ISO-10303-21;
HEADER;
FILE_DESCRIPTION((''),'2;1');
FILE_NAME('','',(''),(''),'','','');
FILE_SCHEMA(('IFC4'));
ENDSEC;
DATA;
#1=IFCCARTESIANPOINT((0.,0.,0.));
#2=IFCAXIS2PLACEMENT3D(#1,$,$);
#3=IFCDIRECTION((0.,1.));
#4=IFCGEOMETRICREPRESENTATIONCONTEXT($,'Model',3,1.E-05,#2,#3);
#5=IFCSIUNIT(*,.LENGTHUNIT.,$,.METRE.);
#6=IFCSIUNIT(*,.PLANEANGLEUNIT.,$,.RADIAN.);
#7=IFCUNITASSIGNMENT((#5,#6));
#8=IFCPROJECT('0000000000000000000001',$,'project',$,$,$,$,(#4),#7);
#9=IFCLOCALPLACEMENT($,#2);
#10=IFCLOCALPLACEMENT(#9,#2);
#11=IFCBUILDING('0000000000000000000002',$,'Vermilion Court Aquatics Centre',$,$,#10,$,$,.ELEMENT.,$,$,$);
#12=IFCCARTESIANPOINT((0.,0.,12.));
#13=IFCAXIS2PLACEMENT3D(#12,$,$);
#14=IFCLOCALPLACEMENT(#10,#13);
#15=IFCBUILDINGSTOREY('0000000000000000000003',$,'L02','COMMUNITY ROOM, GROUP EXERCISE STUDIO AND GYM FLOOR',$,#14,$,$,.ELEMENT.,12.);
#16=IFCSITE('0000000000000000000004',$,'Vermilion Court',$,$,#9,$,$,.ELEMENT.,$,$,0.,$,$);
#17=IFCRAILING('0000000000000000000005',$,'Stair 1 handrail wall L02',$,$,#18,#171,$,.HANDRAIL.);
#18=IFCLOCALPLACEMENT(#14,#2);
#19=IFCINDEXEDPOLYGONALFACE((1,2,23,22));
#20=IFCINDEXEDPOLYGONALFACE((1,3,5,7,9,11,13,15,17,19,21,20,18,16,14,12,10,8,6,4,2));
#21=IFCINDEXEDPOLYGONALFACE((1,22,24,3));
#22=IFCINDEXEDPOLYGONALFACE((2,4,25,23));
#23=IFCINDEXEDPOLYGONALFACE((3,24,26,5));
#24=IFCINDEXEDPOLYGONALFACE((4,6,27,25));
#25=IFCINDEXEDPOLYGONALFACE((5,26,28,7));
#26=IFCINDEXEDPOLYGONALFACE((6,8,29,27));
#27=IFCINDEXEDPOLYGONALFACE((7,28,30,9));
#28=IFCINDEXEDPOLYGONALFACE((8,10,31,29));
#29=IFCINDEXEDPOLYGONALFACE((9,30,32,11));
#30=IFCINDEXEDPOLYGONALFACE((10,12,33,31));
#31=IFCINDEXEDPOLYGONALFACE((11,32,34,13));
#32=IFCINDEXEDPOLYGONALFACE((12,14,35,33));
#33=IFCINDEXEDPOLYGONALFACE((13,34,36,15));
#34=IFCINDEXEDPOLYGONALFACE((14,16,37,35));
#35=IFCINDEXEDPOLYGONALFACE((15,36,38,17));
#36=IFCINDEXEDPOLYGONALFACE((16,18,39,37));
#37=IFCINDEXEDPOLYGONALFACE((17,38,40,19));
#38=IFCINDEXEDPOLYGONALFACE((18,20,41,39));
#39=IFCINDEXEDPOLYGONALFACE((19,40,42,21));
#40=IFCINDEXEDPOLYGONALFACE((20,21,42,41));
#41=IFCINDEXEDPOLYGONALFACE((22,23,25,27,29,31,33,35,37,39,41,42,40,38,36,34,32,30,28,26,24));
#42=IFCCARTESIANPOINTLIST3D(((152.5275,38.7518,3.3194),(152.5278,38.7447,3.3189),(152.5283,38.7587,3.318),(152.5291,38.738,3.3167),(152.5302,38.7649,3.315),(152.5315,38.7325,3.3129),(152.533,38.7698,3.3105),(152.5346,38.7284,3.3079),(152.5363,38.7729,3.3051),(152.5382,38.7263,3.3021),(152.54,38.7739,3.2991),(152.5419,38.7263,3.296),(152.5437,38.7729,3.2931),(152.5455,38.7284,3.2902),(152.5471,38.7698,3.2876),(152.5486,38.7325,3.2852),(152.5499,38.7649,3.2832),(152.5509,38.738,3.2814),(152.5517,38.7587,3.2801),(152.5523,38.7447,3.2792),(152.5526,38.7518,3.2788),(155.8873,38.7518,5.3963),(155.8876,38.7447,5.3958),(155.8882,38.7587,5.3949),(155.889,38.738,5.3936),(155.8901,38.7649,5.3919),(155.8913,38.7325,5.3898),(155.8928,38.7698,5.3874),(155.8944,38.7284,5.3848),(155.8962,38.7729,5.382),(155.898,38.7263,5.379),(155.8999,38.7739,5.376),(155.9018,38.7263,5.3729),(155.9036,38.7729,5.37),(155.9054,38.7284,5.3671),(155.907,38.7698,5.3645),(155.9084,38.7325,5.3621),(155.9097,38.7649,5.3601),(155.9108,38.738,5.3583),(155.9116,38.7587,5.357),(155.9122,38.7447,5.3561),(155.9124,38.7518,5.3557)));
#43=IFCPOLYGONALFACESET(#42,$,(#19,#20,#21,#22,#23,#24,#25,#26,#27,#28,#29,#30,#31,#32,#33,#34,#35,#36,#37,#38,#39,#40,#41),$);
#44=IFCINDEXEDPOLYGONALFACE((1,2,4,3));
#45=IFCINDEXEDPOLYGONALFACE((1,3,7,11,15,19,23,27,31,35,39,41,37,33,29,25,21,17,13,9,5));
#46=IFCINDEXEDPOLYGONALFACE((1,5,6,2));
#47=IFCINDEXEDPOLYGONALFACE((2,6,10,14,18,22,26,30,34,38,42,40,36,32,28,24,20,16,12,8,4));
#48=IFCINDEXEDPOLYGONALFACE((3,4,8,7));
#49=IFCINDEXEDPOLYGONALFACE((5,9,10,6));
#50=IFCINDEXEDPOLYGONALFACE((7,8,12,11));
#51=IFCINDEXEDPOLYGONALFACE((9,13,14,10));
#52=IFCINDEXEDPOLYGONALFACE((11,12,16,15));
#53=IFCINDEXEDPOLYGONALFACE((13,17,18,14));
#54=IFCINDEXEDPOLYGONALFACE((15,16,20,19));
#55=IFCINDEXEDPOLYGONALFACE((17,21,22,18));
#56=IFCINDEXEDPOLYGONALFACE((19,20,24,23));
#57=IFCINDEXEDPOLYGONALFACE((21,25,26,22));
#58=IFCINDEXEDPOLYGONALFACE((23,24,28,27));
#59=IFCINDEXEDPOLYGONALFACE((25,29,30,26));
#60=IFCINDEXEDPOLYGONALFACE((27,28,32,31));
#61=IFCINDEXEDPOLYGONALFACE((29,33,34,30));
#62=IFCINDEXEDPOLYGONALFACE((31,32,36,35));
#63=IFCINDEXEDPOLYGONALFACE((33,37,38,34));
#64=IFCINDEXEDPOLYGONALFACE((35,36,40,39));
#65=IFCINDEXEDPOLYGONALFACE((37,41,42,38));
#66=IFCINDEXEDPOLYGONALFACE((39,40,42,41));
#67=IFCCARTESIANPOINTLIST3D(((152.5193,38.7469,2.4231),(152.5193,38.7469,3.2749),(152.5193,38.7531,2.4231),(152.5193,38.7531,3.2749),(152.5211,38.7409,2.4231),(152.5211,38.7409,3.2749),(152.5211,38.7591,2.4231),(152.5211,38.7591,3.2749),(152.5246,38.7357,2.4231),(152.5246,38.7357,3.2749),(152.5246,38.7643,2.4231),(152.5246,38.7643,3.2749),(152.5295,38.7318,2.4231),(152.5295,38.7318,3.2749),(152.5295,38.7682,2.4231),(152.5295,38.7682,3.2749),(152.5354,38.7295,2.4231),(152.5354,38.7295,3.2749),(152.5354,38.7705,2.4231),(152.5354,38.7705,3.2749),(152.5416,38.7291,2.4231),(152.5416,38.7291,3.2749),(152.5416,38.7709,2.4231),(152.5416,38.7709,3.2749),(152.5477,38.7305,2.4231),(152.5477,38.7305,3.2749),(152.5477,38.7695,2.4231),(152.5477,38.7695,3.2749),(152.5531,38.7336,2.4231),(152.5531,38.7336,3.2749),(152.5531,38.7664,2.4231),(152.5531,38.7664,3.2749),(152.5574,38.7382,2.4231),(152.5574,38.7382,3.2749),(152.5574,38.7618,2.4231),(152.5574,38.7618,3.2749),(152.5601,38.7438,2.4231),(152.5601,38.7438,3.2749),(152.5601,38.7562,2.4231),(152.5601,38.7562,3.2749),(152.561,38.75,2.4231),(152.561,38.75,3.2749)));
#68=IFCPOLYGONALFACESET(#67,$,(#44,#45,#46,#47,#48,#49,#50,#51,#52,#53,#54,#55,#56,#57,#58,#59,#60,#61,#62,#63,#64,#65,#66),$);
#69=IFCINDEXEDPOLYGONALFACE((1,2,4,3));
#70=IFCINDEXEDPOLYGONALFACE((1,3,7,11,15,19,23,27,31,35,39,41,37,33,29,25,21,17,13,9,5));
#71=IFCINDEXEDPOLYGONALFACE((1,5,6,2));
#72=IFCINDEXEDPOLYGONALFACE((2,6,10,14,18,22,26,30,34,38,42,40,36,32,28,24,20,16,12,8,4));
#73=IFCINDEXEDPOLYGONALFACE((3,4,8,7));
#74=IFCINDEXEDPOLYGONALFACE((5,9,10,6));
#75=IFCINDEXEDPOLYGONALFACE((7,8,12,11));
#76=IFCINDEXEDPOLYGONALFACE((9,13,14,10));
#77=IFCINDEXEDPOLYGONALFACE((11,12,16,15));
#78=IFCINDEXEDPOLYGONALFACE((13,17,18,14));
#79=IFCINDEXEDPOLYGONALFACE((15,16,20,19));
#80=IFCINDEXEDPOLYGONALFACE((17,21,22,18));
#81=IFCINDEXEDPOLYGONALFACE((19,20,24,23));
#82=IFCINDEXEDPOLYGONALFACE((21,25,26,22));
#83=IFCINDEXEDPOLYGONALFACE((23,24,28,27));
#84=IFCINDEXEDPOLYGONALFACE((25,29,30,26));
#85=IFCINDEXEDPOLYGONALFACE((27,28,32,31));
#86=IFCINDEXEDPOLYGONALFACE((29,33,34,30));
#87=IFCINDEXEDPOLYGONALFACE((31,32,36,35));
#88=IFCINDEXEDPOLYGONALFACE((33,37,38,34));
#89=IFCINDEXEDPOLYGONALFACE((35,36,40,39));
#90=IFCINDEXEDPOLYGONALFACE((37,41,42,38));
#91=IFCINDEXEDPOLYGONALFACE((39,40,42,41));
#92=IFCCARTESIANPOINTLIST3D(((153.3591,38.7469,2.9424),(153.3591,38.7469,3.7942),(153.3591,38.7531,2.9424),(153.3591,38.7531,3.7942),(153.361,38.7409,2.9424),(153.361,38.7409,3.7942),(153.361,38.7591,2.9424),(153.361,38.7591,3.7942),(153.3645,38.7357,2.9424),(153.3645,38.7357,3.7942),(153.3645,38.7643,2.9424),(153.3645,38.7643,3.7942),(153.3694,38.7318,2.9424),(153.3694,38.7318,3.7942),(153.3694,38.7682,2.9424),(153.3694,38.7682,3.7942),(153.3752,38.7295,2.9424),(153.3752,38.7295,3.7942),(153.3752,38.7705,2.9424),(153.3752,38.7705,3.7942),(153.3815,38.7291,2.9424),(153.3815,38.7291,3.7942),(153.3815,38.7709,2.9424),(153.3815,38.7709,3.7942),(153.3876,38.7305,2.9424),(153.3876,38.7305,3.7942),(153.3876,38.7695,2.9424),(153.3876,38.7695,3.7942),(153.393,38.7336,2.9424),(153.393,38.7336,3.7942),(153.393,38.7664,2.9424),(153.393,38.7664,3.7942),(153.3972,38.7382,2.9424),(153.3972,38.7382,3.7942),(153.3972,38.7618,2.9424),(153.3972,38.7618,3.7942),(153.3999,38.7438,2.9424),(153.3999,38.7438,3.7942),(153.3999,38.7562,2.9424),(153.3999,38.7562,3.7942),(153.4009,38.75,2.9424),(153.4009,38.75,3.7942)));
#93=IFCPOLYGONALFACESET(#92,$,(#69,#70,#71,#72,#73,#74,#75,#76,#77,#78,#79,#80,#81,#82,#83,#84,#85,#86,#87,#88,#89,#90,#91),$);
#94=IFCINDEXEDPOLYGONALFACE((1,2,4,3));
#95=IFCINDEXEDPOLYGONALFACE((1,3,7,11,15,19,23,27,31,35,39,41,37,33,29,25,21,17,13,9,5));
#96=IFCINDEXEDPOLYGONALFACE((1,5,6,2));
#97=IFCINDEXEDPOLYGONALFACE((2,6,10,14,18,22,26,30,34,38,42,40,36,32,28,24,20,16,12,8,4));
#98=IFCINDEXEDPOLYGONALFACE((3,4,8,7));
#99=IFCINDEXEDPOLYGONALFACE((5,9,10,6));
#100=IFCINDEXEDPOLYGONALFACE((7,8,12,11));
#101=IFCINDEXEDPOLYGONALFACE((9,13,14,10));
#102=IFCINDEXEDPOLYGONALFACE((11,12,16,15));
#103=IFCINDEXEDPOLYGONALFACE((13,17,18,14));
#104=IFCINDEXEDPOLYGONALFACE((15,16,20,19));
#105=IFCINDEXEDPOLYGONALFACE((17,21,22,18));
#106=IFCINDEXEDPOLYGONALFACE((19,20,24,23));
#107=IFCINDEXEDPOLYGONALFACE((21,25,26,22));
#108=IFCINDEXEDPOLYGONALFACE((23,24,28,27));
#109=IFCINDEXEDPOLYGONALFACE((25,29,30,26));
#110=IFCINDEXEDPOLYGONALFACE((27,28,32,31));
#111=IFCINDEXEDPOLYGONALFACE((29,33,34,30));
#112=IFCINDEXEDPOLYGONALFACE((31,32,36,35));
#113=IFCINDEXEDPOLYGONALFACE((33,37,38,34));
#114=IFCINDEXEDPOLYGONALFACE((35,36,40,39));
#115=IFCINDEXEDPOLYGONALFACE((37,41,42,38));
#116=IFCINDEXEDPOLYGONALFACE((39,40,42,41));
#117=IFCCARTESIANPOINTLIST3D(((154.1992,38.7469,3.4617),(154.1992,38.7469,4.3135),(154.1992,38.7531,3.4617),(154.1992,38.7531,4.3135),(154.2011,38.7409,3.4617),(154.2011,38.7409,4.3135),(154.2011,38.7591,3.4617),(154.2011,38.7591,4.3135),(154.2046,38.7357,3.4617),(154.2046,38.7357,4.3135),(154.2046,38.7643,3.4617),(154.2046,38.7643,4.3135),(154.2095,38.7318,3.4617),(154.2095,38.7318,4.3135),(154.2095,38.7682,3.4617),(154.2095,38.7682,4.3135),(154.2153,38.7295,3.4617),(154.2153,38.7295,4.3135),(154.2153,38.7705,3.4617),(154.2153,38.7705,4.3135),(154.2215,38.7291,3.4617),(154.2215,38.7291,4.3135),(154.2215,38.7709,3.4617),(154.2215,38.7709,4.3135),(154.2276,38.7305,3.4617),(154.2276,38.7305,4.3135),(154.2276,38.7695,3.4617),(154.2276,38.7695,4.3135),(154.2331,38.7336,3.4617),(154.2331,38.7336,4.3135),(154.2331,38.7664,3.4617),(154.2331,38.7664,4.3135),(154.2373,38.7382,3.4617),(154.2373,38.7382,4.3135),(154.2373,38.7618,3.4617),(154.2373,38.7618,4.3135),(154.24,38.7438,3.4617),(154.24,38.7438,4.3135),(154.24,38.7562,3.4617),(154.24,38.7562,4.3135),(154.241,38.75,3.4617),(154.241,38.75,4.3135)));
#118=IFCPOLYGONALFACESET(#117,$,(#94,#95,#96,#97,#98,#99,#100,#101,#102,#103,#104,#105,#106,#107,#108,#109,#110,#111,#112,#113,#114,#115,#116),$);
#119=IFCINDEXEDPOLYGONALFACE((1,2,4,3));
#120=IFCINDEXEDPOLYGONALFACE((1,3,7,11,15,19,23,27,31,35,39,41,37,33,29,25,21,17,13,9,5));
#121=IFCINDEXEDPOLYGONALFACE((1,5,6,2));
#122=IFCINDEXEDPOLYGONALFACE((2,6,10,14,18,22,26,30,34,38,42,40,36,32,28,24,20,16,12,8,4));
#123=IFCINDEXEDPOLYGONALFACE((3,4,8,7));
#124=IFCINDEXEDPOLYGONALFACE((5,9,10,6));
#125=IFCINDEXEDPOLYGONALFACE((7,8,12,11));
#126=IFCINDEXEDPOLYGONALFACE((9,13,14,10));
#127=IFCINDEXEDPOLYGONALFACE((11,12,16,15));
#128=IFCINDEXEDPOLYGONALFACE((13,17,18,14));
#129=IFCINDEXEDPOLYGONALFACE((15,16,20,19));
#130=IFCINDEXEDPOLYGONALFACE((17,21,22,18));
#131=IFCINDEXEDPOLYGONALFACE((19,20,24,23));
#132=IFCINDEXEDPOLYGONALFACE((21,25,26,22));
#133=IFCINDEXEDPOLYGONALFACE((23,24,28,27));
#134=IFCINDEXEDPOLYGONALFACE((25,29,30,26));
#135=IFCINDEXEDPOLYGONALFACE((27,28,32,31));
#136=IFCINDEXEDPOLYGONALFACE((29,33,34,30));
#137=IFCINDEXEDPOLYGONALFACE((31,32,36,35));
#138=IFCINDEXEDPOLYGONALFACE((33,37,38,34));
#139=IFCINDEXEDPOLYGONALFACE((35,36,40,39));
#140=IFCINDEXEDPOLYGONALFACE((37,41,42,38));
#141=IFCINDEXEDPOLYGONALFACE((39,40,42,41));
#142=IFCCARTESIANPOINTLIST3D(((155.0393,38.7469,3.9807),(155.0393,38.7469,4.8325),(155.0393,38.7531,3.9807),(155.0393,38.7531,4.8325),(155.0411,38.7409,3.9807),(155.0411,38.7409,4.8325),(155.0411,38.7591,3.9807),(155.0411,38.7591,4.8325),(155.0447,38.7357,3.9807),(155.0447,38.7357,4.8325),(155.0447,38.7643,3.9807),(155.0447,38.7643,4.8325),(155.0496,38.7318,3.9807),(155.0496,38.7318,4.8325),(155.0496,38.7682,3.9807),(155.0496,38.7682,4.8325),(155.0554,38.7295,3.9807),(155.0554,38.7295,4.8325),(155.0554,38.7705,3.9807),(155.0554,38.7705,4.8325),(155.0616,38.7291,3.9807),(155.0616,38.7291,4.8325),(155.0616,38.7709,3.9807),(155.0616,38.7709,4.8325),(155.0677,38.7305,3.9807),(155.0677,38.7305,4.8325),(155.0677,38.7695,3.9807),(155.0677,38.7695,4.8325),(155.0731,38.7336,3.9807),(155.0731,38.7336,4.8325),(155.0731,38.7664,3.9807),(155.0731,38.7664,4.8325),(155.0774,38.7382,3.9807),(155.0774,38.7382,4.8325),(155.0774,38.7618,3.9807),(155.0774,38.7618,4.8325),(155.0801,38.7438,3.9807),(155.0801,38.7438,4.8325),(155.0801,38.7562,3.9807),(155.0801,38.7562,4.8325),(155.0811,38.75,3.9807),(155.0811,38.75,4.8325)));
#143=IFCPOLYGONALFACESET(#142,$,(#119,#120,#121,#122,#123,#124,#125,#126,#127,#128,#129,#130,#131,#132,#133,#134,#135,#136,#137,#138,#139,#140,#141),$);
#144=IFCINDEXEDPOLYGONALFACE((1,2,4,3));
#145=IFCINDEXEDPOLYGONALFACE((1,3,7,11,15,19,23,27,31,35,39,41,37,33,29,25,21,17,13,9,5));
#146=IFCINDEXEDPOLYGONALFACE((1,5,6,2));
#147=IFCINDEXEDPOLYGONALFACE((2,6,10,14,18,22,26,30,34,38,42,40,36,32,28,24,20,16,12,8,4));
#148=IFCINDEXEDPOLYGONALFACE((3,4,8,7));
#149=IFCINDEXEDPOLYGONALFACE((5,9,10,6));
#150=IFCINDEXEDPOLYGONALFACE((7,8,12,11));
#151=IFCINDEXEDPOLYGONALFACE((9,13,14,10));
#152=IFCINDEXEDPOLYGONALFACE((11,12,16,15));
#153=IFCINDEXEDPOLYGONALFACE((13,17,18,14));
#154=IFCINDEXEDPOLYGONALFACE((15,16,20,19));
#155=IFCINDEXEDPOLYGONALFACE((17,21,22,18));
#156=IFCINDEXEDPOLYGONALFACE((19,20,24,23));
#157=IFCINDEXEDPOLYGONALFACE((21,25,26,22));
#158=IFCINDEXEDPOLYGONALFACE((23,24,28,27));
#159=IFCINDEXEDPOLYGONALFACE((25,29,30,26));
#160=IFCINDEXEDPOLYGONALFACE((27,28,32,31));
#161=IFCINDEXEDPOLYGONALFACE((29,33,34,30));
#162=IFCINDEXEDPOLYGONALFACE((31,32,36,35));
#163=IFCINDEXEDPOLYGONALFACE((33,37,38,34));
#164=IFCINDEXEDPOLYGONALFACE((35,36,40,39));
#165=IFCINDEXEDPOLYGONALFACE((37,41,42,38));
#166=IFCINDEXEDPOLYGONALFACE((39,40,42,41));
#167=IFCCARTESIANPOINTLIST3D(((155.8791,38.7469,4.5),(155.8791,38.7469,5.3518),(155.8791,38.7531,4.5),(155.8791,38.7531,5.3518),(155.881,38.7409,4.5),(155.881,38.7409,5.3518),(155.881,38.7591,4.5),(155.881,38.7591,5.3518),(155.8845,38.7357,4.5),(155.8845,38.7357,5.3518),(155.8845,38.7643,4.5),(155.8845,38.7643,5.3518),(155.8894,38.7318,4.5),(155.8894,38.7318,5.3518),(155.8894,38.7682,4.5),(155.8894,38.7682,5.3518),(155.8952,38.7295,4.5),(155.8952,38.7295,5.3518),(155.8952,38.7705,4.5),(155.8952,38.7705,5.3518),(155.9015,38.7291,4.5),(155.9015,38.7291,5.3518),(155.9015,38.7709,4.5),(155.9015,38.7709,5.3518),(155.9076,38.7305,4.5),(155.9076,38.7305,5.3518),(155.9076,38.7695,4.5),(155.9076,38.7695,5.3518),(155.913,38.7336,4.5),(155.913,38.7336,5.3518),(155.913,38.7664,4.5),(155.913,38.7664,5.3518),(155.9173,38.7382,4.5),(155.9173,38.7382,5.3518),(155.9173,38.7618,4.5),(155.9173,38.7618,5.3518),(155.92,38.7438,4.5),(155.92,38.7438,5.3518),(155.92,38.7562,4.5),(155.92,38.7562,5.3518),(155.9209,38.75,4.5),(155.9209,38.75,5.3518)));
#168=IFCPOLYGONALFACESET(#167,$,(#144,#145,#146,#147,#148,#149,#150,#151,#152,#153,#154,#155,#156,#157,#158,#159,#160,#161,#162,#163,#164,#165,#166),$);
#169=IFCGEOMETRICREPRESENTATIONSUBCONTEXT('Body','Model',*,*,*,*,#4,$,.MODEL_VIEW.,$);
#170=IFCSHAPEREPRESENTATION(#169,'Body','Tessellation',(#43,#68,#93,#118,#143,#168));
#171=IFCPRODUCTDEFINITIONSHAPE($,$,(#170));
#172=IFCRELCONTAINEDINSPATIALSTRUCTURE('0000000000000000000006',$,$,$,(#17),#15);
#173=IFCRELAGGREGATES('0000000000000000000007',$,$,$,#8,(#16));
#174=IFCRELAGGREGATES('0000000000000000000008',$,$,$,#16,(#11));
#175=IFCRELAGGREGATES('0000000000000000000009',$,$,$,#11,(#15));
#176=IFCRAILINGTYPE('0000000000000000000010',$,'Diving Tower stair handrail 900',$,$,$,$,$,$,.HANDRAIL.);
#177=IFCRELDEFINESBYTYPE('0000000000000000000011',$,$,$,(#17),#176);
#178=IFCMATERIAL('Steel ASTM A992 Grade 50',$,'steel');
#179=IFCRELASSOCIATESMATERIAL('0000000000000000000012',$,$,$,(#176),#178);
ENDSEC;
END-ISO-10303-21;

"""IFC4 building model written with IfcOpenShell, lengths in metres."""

from ifc_helpers import new_model, si_unit, direction, frame, origin, origin_2d, place, context, subcontext, project, spatial, circle, extrude, material, type_object, element, save


model = new_model("IFC4")

# Units and contexts
model_context = context("Model", 3, precision=1e-05, world=origin(), true_north=direction((0.0, 1.0)))
body_context = subcontext(model_context, "Body", "Model", "MODEL_VIEW")
ifc_project = project(units=[si_unit("LENGTHUNIT", "METRE"), si_unit("PLANEANGLEUNIT", "RADIAN")], contexts=[model_context])

# Site, building, storey
site_placement = place(None, origin())
site = spatial("IfcSite", under=ifc_project, at=site_placement, Name="Vermilion Court", CompositionType="ELEMENT", RefElevation=0.0)
building_placement = place(site_placement, origin())
building = spatial("IfcBuilding", under=site, at=building_placement, Name="Vermilion Court Aquatics Centre", CompositionType="ELEMENT")
storey_placement = place(building_placement, frame((0.0, 0.0, 12.0)))
storey = spatial("IfcBuildingStorey", under=building, at=storey_placement, Name="L02", Description="COMMUNITY ROOM, GROUP EXERCISE STUDIO AND GYM FLOOR", CompositionType="ELEMENT", Elevation=12.0)

# Railing
ifc_material_1 = material(Name="Steel ASTM A992 Grade 50", Category="steel")
railing_type_1 = type_object("IfcRailingType", Name="Diving Tower stair handrail 900", PredefinedType="HANDRAIL", material=ifc_material_1)
for number, where, name in (
    (1, (152.54, 38.75, 2.4231), "Stair 1 handrail wall L02"),
):
    element("IfcRailing", number, at=place(storey_placement, frame(where)), inside=storey, type_object=railing_type_1, Name=name, PredefinedType="HANDRAIL", context=body_context, shape_type="SweptSolid", body=[
        extrude(circle(Radius=0.0239, at=origin_2d()), frame((0.0, 0.0, 0.876), z_axis=(0.850606, 0.0, 0.525803), x_axis=(0.0, 1.0, 0.0)), (0.0, 0.0, 1.0), 3.95),
        extrude(circle(Radius=0.021, at=origin_2d()), origin(), (0.0, 0.0, 1.0), 0.8518),
        extrude(circle(Radius=0.021, at=origin_2d()), frame((0.8398, 0.0, 0.5193)), (0.0, 0.0, 1.0), 0.8518),
        extrude(circle(Radius=0.021, at=origin_2d()), frame((1.6799, 0.0, 1.0386)), (0.0, 0.0, 1.0), 0.8518),
        extrude(circle(Radius=0.021, at=origin_2d()), frame((2.52, 0.0, 1.5576)), (0.0, 0.0, 1.0), 0.8518),
        extrude(circle(Radius=0.021, at=origin_2d()), frame((3.3599, 0.0, 2.0769)), (0.0, 0.0, 1.0), 0.8518),
    ])

save(model, "model.ifc")
